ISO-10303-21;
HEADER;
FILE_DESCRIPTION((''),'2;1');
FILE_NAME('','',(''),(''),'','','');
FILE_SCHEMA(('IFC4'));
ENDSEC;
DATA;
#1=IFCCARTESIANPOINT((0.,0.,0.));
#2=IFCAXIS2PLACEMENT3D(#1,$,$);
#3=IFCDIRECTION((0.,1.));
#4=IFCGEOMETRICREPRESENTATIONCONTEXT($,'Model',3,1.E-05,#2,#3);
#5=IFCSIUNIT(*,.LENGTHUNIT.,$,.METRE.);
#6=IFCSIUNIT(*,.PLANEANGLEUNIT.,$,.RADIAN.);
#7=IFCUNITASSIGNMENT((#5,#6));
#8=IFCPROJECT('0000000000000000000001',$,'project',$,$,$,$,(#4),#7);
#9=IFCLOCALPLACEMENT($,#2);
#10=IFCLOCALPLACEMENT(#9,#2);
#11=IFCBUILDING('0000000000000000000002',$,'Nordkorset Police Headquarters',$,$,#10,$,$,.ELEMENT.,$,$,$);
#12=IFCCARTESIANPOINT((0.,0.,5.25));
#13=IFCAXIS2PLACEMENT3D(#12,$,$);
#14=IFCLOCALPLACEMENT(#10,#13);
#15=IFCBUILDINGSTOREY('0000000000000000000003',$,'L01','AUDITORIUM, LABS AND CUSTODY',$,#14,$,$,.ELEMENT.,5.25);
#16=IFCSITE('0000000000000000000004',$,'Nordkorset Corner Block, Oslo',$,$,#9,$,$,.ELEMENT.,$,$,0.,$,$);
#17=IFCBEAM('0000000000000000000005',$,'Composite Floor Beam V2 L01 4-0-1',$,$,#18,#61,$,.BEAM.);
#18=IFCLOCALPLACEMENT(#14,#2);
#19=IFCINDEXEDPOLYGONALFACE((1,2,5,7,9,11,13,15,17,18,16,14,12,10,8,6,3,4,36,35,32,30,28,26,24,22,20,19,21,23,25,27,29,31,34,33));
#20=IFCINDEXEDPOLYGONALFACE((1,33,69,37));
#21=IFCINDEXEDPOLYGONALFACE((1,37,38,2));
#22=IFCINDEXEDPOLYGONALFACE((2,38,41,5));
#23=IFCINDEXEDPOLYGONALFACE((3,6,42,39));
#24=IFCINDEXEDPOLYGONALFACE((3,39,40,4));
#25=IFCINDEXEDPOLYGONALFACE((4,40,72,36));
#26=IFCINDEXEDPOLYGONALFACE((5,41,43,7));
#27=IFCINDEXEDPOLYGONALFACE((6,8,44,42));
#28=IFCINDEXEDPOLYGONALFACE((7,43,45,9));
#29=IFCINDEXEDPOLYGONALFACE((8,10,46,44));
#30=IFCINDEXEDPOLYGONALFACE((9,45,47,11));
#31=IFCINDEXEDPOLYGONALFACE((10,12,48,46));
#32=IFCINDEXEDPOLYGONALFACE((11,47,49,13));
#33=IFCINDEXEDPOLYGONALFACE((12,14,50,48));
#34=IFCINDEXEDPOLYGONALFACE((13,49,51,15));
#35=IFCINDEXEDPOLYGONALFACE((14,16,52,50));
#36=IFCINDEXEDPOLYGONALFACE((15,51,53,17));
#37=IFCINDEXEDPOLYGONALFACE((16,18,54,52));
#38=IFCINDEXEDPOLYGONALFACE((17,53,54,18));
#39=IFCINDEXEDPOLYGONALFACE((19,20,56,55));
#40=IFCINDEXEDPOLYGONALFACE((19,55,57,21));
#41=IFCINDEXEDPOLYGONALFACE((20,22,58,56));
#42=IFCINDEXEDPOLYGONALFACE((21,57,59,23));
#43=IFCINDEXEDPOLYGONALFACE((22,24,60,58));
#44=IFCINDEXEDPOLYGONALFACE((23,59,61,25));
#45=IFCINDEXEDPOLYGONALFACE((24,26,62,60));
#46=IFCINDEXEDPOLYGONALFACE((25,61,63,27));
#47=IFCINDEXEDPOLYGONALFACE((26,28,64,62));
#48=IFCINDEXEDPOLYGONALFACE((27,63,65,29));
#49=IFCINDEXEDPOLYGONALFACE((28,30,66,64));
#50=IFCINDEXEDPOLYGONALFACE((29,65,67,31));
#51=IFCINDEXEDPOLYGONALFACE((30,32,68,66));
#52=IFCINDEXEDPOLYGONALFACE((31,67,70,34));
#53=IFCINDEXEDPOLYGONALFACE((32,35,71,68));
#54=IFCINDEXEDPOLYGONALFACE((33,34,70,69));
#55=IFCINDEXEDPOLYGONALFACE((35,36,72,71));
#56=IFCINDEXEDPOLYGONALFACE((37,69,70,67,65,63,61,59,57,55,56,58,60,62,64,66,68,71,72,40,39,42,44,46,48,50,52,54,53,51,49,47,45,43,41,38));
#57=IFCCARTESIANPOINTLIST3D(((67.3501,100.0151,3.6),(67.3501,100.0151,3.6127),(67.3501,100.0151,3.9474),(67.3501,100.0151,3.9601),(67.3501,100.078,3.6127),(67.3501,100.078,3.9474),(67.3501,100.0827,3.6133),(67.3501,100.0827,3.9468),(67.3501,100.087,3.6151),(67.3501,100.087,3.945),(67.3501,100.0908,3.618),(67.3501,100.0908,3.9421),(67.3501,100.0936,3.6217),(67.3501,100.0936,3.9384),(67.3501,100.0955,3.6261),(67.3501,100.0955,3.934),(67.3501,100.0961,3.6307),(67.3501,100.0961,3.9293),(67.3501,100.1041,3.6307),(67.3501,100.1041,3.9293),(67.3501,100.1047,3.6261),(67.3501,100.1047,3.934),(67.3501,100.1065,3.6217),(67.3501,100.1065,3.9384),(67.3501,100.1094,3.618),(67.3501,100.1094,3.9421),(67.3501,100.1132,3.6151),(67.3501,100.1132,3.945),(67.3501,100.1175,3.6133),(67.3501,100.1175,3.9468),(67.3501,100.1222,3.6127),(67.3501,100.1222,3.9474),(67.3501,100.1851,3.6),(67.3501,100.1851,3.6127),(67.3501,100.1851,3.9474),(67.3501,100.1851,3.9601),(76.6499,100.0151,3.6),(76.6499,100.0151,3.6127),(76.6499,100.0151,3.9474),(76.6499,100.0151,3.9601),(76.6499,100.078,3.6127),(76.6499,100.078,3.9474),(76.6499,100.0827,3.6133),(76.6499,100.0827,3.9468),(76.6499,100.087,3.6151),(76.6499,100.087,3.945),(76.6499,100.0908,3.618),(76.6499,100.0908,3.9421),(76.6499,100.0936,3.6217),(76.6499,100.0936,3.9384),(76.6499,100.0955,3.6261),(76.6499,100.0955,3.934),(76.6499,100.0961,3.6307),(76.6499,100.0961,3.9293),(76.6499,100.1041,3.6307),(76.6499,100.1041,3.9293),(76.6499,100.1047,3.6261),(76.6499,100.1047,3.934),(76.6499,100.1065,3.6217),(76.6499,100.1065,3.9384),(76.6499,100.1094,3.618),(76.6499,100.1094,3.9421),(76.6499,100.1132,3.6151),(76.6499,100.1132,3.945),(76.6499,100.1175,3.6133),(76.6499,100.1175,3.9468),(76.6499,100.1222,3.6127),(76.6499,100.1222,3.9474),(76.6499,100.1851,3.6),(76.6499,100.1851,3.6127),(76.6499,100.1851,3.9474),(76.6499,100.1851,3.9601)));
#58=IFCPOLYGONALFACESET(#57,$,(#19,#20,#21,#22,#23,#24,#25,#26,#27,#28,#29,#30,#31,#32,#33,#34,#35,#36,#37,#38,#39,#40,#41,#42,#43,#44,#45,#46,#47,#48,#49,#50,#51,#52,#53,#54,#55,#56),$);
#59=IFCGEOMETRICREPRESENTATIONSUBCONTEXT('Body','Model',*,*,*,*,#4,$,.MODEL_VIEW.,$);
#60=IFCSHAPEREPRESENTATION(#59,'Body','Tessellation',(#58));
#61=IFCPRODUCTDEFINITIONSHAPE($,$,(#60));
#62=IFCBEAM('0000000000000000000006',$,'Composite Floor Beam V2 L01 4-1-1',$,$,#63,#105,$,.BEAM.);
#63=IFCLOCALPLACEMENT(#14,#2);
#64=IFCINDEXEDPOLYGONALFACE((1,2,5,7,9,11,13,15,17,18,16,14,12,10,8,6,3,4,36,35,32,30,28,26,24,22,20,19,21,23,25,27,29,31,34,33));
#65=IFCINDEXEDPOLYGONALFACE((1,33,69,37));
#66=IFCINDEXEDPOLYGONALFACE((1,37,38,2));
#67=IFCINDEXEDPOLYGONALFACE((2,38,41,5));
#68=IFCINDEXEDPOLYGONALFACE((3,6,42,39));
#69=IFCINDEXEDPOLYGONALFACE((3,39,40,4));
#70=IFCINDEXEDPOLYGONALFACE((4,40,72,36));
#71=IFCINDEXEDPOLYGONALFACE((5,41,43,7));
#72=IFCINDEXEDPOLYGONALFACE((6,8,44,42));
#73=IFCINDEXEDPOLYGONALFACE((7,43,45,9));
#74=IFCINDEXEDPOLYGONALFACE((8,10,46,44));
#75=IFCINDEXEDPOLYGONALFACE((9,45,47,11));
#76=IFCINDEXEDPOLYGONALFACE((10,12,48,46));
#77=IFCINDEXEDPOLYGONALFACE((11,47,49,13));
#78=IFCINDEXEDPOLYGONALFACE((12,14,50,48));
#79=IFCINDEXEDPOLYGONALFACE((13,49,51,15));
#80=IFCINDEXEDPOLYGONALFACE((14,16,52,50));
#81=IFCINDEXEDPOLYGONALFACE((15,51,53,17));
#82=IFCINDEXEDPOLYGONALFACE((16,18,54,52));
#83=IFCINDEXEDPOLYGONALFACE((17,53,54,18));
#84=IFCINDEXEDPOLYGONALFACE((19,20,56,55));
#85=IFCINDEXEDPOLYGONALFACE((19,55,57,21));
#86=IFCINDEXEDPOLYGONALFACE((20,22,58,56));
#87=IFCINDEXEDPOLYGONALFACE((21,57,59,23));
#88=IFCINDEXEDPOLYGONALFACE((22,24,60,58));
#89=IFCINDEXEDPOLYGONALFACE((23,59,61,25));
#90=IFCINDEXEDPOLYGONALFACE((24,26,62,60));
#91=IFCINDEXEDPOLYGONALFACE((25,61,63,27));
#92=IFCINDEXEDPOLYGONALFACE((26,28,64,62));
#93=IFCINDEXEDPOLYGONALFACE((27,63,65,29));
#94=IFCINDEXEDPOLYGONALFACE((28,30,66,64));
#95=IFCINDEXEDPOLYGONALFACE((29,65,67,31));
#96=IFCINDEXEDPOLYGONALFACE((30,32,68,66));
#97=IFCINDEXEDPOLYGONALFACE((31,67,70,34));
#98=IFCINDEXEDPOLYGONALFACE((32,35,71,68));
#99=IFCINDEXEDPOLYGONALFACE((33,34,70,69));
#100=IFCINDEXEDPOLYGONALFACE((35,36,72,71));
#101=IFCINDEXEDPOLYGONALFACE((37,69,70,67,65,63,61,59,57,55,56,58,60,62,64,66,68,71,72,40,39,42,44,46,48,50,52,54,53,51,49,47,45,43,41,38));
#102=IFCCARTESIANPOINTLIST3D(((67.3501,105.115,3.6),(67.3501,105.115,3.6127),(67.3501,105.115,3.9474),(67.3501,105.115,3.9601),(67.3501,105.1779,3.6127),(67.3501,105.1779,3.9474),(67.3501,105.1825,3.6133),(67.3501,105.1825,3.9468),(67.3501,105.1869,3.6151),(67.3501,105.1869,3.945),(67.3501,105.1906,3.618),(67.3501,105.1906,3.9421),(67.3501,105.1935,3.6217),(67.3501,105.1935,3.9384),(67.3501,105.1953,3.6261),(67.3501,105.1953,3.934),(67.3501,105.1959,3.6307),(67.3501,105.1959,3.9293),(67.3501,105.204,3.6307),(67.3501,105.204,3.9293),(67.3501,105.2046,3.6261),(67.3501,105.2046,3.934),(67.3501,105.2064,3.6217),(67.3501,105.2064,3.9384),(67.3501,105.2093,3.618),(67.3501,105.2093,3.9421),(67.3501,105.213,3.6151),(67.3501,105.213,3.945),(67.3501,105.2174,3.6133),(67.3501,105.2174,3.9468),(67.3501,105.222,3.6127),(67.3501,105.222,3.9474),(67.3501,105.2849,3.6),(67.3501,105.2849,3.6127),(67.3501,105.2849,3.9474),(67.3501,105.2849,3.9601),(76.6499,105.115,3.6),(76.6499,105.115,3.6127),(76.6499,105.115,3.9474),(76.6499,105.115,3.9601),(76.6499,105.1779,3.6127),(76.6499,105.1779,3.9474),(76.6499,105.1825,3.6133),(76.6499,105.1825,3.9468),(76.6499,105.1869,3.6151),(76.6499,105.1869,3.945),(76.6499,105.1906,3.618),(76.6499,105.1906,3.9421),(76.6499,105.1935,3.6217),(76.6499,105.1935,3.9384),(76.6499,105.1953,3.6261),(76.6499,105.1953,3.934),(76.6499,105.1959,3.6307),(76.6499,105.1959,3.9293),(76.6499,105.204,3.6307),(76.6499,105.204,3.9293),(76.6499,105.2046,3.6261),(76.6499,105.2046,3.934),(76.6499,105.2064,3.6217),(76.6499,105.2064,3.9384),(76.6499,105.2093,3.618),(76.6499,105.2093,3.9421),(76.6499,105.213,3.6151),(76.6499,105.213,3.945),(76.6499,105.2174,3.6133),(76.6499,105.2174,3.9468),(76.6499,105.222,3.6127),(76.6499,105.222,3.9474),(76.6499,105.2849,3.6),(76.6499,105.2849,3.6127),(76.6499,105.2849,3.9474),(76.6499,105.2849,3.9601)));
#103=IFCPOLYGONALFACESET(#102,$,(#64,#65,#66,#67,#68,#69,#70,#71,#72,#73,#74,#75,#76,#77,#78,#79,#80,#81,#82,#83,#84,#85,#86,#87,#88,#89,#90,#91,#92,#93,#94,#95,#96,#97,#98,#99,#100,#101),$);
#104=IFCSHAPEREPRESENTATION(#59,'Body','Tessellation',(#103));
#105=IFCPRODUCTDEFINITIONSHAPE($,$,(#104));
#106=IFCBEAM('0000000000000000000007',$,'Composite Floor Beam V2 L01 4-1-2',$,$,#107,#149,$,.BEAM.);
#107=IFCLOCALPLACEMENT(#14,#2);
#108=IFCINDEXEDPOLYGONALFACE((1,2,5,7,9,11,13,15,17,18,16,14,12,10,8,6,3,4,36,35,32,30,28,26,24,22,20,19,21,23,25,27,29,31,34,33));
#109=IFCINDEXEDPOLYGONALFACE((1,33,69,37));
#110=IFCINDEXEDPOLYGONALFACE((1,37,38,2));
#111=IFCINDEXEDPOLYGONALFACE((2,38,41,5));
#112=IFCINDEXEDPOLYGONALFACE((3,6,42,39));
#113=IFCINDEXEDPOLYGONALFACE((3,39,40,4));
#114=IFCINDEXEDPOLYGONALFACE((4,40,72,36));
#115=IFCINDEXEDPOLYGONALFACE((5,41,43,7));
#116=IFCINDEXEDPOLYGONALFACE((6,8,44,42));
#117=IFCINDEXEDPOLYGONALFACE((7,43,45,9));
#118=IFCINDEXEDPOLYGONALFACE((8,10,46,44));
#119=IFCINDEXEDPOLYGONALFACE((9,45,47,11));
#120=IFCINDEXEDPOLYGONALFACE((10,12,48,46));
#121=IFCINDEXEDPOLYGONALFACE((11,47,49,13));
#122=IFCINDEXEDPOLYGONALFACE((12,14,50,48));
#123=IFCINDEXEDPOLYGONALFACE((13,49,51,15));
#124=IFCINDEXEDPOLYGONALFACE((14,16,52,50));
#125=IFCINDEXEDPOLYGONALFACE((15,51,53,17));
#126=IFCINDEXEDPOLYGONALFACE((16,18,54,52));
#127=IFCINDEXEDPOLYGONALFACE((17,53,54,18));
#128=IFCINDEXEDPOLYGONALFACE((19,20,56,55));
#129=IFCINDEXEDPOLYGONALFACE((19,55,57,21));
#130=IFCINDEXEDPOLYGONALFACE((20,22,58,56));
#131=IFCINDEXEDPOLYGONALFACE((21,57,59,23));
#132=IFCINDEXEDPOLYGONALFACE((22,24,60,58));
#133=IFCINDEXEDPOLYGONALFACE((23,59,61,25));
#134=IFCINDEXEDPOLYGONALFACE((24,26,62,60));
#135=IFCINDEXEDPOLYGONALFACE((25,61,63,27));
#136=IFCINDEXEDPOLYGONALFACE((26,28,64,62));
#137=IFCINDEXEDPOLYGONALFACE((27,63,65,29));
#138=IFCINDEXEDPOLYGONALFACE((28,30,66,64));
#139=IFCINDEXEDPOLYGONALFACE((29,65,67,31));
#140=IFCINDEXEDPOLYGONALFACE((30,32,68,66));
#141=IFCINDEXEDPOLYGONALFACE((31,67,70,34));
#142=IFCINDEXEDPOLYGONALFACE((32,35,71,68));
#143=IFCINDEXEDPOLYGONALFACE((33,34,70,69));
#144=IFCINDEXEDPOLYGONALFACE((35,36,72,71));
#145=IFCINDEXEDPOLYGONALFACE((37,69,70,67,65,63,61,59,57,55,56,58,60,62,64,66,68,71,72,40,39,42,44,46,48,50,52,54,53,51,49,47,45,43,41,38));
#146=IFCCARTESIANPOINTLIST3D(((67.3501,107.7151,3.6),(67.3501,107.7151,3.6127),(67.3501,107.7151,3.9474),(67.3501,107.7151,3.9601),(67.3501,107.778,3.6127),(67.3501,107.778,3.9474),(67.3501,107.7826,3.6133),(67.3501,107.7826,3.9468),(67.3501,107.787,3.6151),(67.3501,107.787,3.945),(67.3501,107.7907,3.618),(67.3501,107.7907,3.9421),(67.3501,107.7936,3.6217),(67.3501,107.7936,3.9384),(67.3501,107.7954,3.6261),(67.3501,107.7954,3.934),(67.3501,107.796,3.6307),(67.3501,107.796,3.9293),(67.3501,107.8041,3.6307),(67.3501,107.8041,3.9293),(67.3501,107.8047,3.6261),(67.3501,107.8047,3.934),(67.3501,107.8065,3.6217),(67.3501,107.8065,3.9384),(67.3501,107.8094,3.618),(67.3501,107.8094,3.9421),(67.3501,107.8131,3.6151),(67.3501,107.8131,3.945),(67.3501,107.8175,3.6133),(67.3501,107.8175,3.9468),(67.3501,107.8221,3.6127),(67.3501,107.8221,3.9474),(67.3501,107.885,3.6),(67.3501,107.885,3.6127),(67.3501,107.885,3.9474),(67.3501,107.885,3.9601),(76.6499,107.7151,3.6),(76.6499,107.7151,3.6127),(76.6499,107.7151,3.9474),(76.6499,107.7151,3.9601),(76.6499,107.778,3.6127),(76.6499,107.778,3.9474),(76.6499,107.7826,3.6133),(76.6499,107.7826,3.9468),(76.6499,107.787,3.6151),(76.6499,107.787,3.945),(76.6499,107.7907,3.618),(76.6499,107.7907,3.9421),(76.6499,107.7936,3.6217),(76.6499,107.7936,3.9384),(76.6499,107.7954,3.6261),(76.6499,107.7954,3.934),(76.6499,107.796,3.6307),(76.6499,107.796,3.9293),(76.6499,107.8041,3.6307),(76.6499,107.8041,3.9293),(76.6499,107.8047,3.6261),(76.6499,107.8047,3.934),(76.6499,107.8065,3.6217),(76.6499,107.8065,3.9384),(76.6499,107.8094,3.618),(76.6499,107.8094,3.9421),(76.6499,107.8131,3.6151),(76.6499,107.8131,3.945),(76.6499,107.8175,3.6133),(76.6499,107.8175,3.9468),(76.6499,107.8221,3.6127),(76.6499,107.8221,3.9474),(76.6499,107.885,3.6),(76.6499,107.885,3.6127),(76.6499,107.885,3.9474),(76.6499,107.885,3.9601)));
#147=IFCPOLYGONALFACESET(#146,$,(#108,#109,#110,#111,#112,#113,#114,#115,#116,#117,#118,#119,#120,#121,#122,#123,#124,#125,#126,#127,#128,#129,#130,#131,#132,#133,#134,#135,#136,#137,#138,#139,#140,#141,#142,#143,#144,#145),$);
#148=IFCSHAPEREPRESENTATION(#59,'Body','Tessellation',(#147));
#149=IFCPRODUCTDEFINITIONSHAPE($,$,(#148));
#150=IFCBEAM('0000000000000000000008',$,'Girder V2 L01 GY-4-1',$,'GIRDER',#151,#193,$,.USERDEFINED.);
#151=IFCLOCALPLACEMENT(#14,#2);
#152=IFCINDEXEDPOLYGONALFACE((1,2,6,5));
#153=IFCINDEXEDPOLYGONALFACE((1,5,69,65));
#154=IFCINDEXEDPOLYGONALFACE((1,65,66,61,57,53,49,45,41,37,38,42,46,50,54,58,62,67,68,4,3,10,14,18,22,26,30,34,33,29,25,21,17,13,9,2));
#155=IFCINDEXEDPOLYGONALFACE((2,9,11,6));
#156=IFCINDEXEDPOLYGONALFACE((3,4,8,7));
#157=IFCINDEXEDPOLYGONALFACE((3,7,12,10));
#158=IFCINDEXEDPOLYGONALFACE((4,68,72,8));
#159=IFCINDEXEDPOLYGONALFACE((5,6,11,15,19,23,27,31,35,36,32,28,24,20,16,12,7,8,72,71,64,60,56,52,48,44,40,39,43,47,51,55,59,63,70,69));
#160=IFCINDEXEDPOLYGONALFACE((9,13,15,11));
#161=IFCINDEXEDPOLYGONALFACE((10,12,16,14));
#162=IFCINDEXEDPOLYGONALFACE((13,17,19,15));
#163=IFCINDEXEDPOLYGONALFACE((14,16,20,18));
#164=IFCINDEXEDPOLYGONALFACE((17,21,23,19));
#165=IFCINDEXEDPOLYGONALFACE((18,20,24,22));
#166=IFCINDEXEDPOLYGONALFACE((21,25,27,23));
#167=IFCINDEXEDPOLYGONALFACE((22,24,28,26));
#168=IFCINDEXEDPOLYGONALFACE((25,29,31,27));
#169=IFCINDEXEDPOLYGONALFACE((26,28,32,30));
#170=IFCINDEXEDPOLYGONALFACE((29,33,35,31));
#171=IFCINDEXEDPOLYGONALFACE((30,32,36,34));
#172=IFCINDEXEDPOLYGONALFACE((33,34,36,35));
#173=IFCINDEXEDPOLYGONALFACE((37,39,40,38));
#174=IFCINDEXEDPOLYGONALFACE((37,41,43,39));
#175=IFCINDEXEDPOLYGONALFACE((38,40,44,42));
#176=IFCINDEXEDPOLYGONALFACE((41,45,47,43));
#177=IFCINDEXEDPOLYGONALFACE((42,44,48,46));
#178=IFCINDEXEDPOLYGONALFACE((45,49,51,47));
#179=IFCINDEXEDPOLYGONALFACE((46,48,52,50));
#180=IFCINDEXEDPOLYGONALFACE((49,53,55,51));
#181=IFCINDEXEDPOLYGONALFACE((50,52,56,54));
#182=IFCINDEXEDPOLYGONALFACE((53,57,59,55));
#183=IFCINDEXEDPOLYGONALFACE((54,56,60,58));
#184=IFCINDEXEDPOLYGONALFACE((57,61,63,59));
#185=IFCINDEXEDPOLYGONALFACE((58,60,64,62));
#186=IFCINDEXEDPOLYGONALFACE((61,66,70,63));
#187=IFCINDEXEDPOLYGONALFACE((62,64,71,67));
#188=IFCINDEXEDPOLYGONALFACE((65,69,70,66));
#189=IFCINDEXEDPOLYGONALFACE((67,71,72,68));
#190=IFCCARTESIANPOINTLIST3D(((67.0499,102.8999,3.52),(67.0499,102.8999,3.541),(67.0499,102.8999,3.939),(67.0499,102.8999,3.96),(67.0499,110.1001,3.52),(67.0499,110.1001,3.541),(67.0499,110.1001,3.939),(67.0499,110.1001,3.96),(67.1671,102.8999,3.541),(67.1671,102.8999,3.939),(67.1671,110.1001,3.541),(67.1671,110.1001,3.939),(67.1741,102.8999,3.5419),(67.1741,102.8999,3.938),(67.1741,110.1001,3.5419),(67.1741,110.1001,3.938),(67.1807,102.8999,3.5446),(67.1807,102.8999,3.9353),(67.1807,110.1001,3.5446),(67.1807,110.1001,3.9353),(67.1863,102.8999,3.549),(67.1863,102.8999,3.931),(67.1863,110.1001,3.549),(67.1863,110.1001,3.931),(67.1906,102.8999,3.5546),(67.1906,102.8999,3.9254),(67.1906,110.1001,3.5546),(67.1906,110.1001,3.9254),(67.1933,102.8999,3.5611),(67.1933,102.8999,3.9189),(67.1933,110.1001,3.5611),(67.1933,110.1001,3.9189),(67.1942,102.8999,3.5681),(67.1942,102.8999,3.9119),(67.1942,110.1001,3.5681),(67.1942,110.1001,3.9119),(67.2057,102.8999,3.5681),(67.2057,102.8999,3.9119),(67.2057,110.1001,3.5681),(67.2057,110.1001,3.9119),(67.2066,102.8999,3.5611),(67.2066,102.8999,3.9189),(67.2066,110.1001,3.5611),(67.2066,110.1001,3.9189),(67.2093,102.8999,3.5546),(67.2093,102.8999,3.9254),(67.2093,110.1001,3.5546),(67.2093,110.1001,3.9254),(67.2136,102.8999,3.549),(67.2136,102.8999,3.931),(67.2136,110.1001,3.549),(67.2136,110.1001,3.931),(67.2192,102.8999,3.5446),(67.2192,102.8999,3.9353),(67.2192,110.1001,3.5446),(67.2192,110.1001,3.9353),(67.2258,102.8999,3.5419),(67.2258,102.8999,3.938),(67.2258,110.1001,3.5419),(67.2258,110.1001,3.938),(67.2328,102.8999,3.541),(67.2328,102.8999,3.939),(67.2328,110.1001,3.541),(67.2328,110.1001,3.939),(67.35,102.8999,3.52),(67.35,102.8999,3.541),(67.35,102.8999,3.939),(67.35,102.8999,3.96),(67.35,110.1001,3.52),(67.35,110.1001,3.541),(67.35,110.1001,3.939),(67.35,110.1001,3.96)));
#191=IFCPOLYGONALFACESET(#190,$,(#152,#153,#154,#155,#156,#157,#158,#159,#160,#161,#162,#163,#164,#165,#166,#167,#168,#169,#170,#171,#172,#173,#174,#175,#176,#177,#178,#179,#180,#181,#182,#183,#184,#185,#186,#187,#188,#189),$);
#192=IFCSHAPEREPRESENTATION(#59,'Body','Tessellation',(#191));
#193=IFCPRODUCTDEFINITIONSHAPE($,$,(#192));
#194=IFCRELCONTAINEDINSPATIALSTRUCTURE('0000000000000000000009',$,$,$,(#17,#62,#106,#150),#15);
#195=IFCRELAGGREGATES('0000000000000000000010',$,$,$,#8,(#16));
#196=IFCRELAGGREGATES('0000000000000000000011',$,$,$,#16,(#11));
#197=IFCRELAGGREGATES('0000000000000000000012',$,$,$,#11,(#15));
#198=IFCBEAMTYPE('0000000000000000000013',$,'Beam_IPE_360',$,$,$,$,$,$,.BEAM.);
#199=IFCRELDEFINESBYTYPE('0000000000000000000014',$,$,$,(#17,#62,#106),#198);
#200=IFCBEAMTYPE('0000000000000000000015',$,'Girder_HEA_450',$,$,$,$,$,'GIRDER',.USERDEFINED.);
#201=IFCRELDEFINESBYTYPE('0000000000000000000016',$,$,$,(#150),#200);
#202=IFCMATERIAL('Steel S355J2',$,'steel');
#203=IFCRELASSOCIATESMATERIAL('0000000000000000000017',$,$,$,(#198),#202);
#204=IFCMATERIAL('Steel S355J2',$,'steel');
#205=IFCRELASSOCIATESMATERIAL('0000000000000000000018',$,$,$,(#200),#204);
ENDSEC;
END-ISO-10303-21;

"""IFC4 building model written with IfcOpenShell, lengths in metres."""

from ifc_helpers import new_model, si_unit, direction, frame, origin, origin_2d, place, context, subcontext, project, spatial, i_section, extrude, material, material_profile, profile_set, type_object, element, save


model = new_model("IFC4")

# Units and contexts
model_context = context("Model", 3, precision=1e-05, world=origin(), true_north=direction((0.0, 1.0)))
body_context = subcontext(model_context, "Body", "Model", "MODEL_VIEW")
ifc_project = project(units=[si_unit("LENGTHUNIT", "METRE"), si_unit("PLANEANGLEUNIT", "RADIAN")], contexts=[model_context])

# Site, building, storey
site_placement = place(None, origin())
site = spatial("IfcSite", under=ifc_project, at=site_placement, Name="Nordkorset Corner Block, Oslo", CompositionType="ELEMENT", RefElevation=0.0)
building_placement = place(site_placement, origin())
building = spatial("IfcBuilding", under=site, at=building_placement, Name="Nordkorset Police Headquarters", CompositionType="ELEMENT")
storey_placement = place(building_placement, frame((0.0, 0.0, 5.25)))
storey = spatial("IfcBuildingStorey", under=building, at=storey_placement, Name="L01", Description="AUDITORIUM, LABS AND CUSTODY", CompositionType="ELEMENT", Elevation=5.25)

# Beams
ifc_material_1 = material(Name="Steel S355J2", Category="steel")
ifc_material_profile_1 = material_profile(ifc_material_1, i_section(OverallWidth=0.1699, OverallDepth=0.3601, WebThickness=0.0081, FlangeThickness=0.0127, FilletRadius=0.0181, at=origin_2d()), Name="IPE 360")
ifc_profile_set_1 = profile_set([ifc_material_profile_1], Name="Steel S355J2")
beam_type_1 = type_object("IfcBeamType", Name="Beam_IPE_360", PredefinedType="BEAM", material=ifc_profile_set_1)
for number, where, z_axis, x_axis, name in (
    (1, (67.3501, 100.1001, 3.78), (1.0, 0.0, 0.0), (0.0, 1.0, 0.0), "Composite Floor Beam V2 L01 4-0-1"),
    (2, (67.3501, 105.2, 3.78), (1.0, 0.0, 0.0), (0.0, 1.0, 0.0), "Composite Floor Beam V2 L01 4-1-1"),
    (3, (67.3501, 107.8, 3.78), (1.0, 0.0, 0.0), (0.0, 1.0, 0.0), "Composite Floor Beam V2 L01 4-1-2"),
):
    element("IfcBeam", number, at=place(storey_placement, frame(where, z_axis=z_axis, x_axis=x_axis)), inside=storey, type_object=beam_type_1, Name=name, PredefinedType="BEAM", context=body_context, shape_type="SweptSolid", body=[
        extrude(i_section(OverallWidth=0.1699, OverallDepth=0.3601, WebThickness=0.0081, FlangeThickness=0.0127, FilletRadius=0.0181, at=origin_2d()), origin(), (0.0, 0.0, 1.0), 9.2998),
    ])
ifc_material_2 = material(Name="Steel S355J2", Category="steel")
ifc_material_profile_2 = material_profile(ifc_material_2, i_section(OverallWidth=0.3, OverallDepth=0.4399, WebThickness=0.0115, FlangeThickness=0.021, FilletRadius=0.0271, at=origin_2d()), Name="HEA 450")
ifc_profile_set_2 = profile_set([ifc_material_profile_2], Name="Steel S355J2")
beam_type_2 = type_object("IfcBeamType", Name="Girder_HEA_450", ElementType="GIRDER", PredefinedType="USERDEFINED", material=ifc_profile_set_2)
beam_1_placement = place(storey_placement, frame((67.2, 102.8999, 3.74), z_axis=(0.0, 1.0, 0.0), x_axis=(-1.0, 0.0, 0.0)))
element("IfcBeam", 4, at=beam_1_placement, inside=storey, type_object=beam_type_2, Name="Girder V2 L01 GY-4-1", ObjectType="GIRDER", PredefinedType="USERDEFINED", context=body_context, shape_type="SweptSolid", body=[
    extrude(i_section(OverallWidth=0.3, OverallDepth=0.4399, WebThickness=0.0115, FlangeThickness=0.021, FilletRadius=0.0271, at=origin_2d()), origin(), (0.0, 0.0, 1.0), 7.2002),
])

save(model, "model.ifc")
